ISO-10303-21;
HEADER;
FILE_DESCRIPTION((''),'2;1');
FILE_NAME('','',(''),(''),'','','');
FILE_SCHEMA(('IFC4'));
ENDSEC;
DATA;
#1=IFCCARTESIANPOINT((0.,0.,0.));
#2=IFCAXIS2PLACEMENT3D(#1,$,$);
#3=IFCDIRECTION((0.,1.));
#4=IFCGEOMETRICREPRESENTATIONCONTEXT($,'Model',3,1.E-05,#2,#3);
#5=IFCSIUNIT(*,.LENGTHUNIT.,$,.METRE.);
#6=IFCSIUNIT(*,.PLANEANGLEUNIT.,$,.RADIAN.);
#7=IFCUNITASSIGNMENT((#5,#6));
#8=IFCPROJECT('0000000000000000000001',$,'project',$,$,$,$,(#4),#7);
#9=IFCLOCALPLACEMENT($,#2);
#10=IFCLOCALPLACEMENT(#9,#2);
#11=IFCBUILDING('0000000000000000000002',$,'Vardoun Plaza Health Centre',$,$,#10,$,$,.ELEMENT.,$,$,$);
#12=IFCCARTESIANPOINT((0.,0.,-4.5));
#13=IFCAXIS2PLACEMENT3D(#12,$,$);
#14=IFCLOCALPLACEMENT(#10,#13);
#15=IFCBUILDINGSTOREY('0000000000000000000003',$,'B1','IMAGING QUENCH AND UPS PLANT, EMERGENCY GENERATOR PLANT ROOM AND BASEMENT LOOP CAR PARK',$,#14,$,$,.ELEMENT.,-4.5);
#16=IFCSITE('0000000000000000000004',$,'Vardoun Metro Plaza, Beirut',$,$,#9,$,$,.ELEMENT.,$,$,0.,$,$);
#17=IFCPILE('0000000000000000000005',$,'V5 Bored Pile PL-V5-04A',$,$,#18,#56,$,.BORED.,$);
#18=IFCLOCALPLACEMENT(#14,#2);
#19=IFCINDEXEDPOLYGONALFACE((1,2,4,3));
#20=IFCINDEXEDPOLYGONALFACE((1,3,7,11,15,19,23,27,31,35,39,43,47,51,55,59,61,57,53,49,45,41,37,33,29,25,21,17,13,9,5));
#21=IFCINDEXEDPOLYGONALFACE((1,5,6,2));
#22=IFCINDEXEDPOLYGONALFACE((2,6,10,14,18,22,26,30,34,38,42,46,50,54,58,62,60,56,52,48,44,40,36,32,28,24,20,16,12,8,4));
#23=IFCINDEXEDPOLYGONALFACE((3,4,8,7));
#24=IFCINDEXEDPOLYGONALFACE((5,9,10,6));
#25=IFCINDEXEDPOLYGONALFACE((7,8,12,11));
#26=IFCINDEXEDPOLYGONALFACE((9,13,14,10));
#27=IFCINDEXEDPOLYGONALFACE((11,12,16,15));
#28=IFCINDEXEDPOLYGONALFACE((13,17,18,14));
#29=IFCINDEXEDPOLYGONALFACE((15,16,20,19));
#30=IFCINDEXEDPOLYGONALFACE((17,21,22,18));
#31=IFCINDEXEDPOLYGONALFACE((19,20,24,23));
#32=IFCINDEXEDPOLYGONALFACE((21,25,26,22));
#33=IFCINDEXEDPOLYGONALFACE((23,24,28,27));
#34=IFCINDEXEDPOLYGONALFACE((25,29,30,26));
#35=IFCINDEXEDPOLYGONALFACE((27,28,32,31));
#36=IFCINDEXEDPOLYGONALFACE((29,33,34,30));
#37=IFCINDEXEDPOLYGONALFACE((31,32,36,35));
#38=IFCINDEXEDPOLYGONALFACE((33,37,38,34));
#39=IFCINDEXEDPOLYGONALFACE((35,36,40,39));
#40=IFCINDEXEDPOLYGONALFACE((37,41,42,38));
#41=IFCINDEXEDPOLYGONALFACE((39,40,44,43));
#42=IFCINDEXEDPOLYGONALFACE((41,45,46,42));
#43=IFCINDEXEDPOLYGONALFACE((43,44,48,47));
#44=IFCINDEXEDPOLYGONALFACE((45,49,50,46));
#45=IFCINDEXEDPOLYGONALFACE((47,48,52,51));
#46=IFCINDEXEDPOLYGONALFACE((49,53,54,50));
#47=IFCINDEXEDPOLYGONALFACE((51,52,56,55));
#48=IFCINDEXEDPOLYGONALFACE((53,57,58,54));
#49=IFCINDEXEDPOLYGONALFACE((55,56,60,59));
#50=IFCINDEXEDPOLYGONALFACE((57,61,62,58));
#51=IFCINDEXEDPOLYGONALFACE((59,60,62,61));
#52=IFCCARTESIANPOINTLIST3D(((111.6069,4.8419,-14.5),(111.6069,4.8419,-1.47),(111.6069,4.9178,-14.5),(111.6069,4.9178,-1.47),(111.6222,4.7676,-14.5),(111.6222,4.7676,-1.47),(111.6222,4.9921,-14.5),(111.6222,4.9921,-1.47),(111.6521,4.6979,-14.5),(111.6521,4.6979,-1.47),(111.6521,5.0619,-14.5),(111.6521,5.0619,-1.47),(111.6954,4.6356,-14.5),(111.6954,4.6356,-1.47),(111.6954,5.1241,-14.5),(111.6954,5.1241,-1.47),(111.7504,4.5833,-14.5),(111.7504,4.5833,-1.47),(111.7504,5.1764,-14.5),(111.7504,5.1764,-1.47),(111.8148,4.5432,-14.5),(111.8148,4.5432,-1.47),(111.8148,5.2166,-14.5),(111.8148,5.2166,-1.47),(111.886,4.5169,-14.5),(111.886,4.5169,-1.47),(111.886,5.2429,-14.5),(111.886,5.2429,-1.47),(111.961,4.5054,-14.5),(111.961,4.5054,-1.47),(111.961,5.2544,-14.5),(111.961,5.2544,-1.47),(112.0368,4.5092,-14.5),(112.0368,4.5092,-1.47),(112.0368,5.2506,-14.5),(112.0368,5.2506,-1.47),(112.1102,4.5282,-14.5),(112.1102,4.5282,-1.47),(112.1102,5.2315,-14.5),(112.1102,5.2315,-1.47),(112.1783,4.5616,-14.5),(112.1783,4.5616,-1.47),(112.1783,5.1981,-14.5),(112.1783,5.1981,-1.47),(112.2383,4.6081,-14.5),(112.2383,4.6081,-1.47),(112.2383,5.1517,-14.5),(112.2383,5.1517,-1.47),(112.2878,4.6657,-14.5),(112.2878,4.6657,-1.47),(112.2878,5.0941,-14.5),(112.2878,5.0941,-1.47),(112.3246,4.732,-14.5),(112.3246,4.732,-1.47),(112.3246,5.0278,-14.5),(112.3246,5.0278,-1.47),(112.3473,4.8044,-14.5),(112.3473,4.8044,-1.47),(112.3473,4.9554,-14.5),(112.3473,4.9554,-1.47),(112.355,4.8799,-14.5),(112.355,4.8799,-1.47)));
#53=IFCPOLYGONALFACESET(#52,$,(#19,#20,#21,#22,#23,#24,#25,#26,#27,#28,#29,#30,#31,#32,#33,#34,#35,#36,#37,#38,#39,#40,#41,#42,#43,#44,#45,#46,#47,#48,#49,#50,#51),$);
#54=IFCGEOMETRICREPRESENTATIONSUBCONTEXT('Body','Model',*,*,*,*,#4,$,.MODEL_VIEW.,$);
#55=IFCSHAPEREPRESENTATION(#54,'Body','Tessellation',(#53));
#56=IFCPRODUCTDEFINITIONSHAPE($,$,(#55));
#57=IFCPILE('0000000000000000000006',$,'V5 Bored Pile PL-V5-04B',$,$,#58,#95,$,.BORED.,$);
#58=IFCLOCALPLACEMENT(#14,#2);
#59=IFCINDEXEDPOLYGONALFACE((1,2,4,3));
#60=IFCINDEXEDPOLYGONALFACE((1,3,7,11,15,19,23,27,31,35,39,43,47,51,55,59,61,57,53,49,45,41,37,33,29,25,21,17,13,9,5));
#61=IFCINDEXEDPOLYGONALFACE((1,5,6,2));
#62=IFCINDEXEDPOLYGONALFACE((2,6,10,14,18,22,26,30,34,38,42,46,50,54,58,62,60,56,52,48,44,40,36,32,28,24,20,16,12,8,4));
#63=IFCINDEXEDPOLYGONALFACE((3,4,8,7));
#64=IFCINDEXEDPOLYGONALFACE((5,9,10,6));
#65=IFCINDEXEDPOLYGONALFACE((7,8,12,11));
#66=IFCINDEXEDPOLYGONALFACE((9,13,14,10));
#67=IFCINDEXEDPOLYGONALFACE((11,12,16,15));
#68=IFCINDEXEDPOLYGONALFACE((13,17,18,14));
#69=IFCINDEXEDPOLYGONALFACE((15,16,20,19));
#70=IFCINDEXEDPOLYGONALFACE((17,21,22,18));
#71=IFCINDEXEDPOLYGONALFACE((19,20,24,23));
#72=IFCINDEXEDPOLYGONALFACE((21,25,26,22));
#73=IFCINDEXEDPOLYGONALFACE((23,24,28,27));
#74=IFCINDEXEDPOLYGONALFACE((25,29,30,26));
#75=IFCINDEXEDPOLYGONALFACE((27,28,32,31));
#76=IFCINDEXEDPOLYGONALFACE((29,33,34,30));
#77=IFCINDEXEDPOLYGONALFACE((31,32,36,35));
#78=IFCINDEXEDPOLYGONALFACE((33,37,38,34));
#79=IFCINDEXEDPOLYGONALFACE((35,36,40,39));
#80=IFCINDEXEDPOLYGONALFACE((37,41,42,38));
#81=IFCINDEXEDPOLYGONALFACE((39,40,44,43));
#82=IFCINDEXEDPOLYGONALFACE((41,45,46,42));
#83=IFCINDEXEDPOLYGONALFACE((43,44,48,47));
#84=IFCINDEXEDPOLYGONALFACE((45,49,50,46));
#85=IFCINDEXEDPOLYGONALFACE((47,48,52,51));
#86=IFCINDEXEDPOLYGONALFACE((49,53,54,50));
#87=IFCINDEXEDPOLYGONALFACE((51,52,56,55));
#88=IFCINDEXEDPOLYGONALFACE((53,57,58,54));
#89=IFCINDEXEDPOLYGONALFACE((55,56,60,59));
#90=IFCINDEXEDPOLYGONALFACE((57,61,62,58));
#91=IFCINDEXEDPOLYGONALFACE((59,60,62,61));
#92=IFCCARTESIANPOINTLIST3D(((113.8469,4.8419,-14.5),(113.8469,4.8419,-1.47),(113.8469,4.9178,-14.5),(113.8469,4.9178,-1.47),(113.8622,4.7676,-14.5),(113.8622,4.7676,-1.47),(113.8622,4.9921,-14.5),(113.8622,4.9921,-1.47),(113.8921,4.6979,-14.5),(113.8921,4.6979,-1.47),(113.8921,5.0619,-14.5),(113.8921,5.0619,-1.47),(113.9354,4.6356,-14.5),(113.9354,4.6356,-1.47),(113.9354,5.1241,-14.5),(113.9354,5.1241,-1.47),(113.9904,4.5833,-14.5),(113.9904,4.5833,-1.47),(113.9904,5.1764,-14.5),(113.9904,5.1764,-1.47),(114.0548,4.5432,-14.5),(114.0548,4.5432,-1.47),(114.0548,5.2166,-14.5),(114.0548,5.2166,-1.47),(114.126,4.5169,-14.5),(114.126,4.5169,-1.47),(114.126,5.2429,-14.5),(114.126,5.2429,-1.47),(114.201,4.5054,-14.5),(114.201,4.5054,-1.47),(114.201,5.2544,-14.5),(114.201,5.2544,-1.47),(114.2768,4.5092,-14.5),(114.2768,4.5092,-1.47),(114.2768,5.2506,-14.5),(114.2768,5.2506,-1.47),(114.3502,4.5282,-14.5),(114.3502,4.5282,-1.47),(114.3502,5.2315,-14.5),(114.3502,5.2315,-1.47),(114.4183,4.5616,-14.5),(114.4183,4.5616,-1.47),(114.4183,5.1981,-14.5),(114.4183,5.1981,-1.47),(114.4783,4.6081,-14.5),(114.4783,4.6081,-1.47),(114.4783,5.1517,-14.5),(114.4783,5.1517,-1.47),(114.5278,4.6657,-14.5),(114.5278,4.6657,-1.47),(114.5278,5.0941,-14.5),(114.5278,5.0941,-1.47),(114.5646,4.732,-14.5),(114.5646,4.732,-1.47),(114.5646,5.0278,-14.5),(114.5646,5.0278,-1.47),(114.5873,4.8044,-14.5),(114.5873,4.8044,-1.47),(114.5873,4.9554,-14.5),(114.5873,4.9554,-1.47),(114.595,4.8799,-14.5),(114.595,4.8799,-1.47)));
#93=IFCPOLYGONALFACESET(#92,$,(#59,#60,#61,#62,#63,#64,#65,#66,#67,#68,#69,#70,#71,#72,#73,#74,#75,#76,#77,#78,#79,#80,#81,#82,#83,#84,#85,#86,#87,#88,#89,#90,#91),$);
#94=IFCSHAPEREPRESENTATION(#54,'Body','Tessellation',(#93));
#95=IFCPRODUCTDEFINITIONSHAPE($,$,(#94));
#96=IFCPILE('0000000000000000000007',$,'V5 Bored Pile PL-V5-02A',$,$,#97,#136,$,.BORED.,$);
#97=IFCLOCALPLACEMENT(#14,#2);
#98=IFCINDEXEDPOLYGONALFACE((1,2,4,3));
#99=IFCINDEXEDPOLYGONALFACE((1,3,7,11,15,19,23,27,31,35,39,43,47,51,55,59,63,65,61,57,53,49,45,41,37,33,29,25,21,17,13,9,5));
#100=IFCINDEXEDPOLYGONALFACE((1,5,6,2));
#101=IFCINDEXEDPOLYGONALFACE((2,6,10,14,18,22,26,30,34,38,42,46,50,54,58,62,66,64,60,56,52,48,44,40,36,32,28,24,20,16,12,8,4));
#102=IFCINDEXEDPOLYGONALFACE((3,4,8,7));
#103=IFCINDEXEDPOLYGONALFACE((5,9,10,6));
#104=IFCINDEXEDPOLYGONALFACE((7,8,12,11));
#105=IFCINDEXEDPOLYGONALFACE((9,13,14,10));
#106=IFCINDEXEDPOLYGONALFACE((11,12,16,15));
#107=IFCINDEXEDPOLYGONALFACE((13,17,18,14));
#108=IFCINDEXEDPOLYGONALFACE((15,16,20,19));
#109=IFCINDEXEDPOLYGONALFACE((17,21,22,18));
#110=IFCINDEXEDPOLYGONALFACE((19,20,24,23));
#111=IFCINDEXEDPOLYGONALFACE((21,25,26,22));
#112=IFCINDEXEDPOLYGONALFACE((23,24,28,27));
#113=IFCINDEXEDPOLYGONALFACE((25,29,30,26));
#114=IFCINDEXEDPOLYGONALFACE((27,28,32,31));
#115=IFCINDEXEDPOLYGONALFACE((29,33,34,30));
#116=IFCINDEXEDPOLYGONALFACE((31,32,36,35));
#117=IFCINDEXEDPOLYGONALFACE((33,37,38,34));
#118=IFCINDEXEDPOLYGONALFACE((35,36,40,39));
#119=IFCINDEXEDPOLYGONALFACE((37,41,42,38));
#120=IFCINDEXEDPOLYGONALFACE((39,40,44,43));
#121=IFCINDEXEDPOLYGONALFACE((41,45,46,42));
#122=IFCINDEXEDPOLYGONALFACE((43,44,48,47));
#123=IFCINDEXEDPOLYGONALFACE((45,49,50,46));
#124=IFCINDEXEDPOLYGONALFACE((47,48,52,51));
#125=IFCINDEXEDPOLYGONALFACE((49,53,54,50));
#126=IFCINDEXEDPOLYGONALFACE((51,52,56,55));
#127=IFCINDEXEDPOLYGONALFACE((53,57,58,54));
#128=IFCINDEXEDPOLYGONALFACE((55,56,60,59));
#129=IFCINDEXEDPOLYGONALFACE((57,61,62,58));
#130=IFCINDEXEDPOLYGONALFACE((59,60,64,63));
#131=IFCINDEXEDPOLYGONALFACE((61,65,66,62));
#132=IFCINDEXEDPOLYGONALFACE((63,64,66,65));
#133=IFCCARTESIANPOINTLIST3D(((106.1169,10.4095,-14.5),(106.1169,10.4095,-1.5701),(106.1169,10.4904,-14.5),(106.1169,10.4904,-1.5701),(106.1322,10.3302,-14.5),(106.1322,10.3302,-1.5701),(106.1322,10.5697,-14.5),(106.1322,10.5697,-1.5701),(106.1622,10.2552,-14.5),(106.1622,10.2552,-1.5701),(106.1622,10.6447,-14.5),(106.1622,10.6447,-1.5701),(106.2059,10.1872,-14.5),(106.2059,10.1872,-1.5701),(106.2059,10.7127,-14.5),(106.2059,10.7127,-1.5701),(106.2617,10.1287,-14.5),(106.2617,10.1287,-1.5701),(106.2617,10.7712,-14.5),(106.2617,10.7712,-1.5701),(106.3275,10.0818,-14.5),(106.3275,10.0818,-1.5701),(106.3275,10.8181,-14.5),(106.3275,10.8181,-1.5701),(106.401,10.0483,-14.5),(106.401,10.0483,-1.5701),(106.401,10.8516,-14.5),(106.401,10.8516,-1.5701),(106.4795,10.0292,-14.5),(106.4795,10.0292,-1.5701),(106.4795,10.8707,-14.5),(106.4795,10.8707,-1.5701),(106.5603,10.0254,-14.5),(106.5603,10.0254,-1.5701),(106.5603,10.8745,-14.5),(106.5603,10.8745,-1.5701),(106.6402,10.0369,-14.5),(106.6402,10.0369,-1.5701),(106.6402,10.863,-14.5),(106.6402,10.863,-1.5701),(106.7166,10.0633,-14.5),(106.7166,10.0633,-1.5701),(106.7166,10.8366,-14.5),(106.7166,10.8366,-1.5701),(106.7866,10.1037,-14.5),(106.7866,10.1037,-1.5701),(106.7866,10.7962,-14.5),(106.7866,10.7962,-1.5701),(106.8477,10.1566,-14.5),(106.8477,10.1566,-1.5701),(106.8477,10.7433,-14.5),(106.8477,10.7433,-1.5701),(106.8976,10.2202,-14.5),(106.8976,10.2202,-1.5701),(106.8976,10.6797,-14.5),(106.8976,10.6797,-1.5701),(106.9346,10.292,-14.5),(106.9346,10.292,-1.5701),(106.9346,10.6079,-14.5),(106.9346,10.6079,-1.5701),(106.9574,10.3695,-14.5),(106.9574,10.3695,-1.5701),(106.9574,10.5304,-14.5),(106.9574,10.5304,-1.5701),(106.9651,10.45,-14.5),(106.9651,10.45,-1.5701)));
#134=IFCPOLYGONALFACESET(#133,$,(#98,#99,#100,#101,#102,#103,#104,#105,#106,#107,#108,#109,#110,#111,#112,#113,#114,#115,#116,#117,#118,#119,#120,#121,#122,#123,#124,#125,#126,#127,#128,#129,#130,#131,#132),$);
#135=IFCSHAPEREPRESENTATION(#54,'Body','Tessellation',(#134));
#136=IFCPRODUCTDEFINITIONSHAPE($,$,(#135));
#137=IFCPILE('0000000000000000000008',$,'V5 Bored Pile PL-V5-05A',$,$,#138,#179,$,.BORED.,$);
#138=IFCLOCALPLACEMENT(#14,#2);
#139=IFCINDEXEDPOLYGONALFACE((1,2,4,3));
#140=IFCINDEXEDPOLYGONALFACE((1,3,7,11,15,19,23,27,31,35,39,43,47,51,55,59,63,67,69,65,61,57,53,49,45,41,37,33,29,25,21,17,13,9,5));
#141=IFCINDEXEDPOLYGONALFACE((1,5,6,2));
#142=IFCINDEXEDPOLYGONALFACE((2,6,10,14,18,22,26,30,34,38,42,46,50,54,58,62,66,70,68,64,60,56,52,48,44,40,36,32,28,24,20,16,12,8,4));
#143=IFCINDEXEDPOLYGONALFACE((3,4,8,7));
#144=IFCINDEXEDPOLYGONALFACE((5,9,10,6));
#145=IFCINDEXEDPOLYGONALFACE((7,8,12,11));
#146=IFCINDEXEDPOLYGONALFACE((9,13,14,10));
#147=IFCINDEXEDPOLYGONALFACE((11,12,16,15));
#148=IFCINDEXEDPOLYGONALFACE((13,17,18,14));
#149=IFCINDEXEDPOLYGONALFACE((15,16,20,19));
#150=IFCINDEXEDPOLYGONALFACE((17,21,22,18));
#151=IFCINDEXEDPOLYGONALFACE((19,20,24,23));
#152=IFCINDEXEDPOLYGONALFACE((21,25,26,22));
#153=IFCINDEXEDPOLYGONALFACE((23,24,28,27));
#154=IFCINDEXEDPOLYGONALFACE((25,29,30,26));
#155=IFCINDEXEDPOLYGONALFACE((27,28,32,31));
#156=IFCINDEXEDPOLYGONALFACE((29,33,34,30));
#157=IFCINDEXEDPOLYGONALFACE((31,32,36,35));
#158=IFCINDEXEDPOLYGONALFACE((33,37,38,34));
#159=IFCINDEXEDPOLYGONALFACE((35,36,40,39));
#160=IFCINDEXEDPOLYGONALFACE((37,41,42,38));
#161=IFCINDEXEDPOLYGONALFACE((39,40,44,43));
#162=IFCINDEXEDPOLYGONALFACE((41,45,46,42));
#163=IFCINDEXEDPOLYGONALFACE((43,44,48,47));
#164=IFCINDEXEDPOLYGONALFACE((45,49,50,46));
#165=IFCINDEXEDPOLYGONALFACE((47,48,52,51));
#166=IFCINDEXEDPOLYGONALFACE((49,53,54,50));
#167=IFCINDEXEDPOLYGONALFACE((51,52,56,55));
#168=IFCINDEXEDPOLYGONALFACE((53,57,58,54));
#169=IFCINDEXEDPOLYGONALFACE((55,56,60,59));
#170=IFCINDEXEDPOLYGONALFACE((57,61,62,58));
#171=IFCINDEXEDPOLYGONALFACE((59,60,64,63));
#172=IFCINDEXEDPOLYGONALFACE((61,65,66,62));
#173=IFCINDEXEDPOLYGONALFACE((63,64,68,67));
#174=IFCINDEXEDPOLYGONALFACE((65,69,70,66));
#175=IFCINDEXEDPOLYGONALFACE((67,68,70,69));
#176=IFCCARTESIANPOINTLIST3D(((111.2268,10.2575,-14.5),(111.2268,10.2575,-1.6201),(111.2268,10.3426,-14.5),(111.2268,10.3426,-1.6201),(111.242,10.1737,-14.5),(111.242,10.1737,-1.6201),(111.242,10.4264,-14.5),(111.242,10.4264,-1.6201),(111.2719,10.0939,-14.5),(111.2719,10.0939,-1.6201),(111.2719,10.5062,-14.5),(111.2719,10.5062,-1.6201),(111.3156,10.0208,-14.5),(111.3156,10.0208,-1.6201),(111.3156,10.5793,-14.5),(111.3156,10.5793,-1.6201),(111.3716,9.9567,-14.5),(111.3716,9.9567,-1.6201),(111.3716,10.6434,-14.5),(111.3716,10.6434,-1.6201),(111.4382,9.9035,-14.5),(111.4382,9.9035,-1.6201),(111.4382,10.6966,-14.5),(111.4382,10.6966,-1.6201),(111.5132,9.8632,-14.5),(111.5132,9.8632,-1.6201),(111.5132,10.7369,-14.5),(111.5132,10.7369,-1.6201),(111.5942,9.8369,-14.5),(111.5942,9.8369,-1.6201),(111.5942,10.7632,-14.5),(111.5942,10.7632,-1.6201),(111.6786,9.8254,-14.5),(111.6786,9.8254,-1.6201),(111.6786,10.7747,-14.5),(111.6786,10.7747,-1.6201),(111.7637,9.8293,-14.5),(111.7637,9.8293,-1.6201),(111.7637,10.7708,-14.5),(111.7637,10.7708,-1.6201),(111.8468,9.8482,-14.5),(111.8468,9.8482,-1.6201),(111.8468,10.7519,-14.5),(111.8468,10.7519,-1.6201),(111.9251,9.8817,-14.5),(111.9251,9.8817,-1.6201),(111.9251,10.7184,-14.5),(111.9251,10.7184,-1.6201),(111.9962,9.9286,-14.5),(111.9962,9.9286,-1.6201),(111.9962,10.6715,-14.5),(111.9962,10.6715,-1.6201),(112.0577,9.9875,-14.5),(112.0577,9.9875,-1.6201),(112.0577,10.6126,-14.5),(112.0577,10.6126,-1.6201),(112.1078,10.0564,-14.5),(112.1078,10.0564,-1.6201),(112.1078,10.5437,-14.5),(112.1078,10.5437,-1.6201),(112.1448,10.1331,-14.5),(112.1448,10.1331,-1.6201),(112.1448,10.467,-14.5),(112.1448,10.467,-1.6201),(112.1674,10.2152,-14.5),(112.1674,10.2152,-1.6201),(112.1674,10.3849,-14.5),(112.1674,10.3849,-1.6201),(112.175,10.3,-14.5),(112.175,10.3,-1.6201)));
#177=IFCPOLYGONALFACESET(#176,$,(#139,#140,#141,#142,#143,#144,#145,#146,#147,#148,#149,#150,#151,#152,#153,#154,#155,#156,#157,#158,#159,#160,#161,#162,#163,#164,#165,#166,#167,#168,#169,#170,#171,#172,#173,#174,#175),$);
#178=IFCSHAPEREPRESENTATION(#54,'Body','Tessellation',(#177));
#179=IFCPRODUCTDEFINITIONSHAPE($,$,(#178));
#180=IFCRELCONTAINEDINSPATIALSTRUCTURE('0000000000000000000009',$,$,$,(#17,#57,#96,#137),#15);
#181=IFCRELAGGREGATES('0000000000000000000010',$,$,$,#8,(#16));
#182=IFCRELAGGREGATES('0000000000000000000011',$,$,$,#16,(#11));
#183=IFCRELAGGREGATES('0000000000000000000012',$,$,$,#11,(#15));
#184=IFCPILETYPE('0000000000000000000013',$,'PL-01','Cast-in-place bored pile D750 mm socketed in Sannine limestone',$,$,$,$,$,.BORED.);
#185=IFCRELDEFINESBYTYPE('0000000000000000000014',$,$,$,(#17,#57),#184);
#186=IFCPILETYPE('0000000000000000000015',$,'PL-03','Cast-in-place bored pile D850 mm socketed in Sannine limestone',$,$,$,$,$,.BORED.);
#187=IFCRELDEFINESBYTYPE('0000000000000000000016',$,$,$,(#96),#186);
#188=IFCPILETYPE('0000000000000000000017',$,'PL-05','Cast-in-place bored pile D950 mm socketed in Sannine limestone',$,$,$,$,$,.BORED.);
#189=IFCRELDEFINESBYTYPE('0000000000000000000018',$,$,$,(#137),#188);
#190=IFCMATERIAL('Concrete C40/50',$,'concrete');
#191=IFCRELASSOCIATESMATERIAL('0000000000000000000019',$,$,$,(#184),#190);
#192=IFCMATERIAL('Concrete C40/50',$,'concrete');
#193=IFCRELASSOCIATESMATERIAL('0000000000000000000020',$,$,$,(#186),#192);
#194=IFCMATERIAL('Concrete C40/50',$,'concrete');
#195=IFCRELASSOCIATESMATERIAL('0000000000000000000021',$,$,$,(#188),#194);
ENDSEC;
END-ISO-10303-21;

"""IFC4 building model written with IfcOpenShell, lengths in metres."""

from ifc_helpers import new_model, si_unit, direction, frame, origin, origin_2d, place, context, subcontext, project, spatial, circle, extrude, material, material_profile, profile_set, type_object, element, save


model = new_model("IFC4")

# Units and contexts
model_context = context("Model", 3, precision=1e-05, world=origin(), true_north=direction((0.0, 1.0)))
body_context = subcontext(model_context, "Body", "Model", "MODEL_VIEW")
ifc_project = project(units=[si_unit("LENGTHUNIT", "METRE"), si_unit("PLANEANGLEUNIT", "RADIAN")], contexts=[model_context])

# Site, building, storey
site_placement = place(None, origin())
site = spatial("IfcSite", under=ifc_project, at=site_placement, Name="Vardoun Metro Plaza, Beirut", CompositionType="ELEMENT", RefElevation=0.0)
building_placement = place(site_placement, origin())
building = spatial("IfcBuilding", under=site, at=building_placement, Name="Vardoun Plaza Health Centre", CompositionType="ELEMENT")
storey_placement = place(building_placement, frame((0.0, 0.0, -4.5)))
storey = spatial("IfcBuildingStorey", under=building, at=storey_placement, Name="B1", Description="IMAGING QUENCH AND UPS PLANT, EMERGENCY GENERATOR PLANT ROOM AND BASEMENT LOOP CAR PARK", CompositionType="ELEMENT", Elevation=-4.5)

# Piles
ifc_material_1 = material(Name="Concrete C40/50", Category="concrete")
ifc_material_profile_1 = material_profile(ifc_material_1, circle(Radius=0.375, at=origin_2d()), Name="PILE D750")
ifc_profile_set_1 = profile_set([ifc_material_profile_1], Name="Concrete C40/50")
pile_type_1 = type_object("IfcPileType", Name="PL-01", Description="Cast-in-place bored pile D750 mm socketed in Sannine limestone", PredefinedType="BORED", material=ifc_profile_set_1)
for number, where, z_axis, x_axis, name in (
    (1, (111.98, 4.8799, -1.47), (0.0, 0.0, -1.0), (1.0, 0.0, 0.0), "V5 Bored Pile PL-V5-04A"),
    (2, (114.22, 4.8799, -1.47), (0.0, 0.0, -1.0), (1.0, 0.0, 0.0), "V5 Bored Pile PL-V5-04B"),
):
    element("IfcPile", number, at=place(storey_placement, frame(where, z_axis=z_axis, x_axis=x_axis)), inside=storey, type_object=pile_type_1, Name=name, PredefinedType="BORED", context=body_context, shape_type="SweptSolid", body=[
        extrude(circle(Radius=0.375, at=origin_2d()), origin(), (0.0, 0.0, 1.0), 13.03),
    ])
ifc_material_2 = material(Name="Concrete C40/50", Category="concrete")
ifc_material_profile_2 = material_profile(ifc_material_2, circle(Radius=0.425, at=origin_2d()), Name="PILE D850")
ifc_profile_set_2 = profile_set([ifc_material_profile_2], Name="Concrete C40/50")
pile_type_2 = type_object("IfcPileType", Name="PL-03", Description="Cast-in-place bored pile D850 mm socketed in Sannine limestone", PredefinedType="BORED", material=ifc_profile_set_2)
pile_1_placement = place(storey_placement, frame((106.54, 10.45, -1.5701), z_axis=(0.0, 0.0, -1.0), x_axis=(1.0, 0.0, 0.0)))
element("IfcPile", 3, at=pile_1_placement, inside=storey, type_object=pile_type_2, Name="V5 Bored Pile PL-V5-02A", PredefinedType="BORED", context=body_context, shape_type="SweptSolid", body=[
    extrude(circle(Radius=0.425, at=origin_2d()), origin(), (0.0, 0.0, 1.0), 12.9299),
])
ifc_material_3 = material(Name="Concrete C40/50", Category="concrete")
ifc_material_profile_3 = material_profile(ifc_material_3, circle(Radius=0.4751, at=origin_2d()), Name="PILE D950")
ifc_profile_set_3 = profile_set([ifc_material_profile_3], Name="Concrete C40/50")
pile_type_3 = type_object("IfcPileType", Name="PL-05", Description="Cast-in-place bored pile D950 mm socketed in Sannine limestone", PredefinedType="BORED", material=ifc_profile_set_3)
for number, where, z_axis, x_axis, name in (
    (4, (111.7, 10.3, -1.6201), (0.0, 0.0, -1.0), (1.0, 0.0, 0.0), "V5 Bored Pile PL-V5-05A"),
):
    element("IfcPile", number, at=place(storey_placement, frame(where, z_axis=z_axis, x_axis=x_axis)), inside=storey, type_object=pile_type_3, Name=name, PredefinedType="BORED", context=body_context, shape_type="SweptSolid", body=[
        extrude(circle(Radius=0.4751, at=origin_2d()), origin(), (0.0, 0.0, 1.0), 12.8799),
    ])

save(model, "model.ifc")
